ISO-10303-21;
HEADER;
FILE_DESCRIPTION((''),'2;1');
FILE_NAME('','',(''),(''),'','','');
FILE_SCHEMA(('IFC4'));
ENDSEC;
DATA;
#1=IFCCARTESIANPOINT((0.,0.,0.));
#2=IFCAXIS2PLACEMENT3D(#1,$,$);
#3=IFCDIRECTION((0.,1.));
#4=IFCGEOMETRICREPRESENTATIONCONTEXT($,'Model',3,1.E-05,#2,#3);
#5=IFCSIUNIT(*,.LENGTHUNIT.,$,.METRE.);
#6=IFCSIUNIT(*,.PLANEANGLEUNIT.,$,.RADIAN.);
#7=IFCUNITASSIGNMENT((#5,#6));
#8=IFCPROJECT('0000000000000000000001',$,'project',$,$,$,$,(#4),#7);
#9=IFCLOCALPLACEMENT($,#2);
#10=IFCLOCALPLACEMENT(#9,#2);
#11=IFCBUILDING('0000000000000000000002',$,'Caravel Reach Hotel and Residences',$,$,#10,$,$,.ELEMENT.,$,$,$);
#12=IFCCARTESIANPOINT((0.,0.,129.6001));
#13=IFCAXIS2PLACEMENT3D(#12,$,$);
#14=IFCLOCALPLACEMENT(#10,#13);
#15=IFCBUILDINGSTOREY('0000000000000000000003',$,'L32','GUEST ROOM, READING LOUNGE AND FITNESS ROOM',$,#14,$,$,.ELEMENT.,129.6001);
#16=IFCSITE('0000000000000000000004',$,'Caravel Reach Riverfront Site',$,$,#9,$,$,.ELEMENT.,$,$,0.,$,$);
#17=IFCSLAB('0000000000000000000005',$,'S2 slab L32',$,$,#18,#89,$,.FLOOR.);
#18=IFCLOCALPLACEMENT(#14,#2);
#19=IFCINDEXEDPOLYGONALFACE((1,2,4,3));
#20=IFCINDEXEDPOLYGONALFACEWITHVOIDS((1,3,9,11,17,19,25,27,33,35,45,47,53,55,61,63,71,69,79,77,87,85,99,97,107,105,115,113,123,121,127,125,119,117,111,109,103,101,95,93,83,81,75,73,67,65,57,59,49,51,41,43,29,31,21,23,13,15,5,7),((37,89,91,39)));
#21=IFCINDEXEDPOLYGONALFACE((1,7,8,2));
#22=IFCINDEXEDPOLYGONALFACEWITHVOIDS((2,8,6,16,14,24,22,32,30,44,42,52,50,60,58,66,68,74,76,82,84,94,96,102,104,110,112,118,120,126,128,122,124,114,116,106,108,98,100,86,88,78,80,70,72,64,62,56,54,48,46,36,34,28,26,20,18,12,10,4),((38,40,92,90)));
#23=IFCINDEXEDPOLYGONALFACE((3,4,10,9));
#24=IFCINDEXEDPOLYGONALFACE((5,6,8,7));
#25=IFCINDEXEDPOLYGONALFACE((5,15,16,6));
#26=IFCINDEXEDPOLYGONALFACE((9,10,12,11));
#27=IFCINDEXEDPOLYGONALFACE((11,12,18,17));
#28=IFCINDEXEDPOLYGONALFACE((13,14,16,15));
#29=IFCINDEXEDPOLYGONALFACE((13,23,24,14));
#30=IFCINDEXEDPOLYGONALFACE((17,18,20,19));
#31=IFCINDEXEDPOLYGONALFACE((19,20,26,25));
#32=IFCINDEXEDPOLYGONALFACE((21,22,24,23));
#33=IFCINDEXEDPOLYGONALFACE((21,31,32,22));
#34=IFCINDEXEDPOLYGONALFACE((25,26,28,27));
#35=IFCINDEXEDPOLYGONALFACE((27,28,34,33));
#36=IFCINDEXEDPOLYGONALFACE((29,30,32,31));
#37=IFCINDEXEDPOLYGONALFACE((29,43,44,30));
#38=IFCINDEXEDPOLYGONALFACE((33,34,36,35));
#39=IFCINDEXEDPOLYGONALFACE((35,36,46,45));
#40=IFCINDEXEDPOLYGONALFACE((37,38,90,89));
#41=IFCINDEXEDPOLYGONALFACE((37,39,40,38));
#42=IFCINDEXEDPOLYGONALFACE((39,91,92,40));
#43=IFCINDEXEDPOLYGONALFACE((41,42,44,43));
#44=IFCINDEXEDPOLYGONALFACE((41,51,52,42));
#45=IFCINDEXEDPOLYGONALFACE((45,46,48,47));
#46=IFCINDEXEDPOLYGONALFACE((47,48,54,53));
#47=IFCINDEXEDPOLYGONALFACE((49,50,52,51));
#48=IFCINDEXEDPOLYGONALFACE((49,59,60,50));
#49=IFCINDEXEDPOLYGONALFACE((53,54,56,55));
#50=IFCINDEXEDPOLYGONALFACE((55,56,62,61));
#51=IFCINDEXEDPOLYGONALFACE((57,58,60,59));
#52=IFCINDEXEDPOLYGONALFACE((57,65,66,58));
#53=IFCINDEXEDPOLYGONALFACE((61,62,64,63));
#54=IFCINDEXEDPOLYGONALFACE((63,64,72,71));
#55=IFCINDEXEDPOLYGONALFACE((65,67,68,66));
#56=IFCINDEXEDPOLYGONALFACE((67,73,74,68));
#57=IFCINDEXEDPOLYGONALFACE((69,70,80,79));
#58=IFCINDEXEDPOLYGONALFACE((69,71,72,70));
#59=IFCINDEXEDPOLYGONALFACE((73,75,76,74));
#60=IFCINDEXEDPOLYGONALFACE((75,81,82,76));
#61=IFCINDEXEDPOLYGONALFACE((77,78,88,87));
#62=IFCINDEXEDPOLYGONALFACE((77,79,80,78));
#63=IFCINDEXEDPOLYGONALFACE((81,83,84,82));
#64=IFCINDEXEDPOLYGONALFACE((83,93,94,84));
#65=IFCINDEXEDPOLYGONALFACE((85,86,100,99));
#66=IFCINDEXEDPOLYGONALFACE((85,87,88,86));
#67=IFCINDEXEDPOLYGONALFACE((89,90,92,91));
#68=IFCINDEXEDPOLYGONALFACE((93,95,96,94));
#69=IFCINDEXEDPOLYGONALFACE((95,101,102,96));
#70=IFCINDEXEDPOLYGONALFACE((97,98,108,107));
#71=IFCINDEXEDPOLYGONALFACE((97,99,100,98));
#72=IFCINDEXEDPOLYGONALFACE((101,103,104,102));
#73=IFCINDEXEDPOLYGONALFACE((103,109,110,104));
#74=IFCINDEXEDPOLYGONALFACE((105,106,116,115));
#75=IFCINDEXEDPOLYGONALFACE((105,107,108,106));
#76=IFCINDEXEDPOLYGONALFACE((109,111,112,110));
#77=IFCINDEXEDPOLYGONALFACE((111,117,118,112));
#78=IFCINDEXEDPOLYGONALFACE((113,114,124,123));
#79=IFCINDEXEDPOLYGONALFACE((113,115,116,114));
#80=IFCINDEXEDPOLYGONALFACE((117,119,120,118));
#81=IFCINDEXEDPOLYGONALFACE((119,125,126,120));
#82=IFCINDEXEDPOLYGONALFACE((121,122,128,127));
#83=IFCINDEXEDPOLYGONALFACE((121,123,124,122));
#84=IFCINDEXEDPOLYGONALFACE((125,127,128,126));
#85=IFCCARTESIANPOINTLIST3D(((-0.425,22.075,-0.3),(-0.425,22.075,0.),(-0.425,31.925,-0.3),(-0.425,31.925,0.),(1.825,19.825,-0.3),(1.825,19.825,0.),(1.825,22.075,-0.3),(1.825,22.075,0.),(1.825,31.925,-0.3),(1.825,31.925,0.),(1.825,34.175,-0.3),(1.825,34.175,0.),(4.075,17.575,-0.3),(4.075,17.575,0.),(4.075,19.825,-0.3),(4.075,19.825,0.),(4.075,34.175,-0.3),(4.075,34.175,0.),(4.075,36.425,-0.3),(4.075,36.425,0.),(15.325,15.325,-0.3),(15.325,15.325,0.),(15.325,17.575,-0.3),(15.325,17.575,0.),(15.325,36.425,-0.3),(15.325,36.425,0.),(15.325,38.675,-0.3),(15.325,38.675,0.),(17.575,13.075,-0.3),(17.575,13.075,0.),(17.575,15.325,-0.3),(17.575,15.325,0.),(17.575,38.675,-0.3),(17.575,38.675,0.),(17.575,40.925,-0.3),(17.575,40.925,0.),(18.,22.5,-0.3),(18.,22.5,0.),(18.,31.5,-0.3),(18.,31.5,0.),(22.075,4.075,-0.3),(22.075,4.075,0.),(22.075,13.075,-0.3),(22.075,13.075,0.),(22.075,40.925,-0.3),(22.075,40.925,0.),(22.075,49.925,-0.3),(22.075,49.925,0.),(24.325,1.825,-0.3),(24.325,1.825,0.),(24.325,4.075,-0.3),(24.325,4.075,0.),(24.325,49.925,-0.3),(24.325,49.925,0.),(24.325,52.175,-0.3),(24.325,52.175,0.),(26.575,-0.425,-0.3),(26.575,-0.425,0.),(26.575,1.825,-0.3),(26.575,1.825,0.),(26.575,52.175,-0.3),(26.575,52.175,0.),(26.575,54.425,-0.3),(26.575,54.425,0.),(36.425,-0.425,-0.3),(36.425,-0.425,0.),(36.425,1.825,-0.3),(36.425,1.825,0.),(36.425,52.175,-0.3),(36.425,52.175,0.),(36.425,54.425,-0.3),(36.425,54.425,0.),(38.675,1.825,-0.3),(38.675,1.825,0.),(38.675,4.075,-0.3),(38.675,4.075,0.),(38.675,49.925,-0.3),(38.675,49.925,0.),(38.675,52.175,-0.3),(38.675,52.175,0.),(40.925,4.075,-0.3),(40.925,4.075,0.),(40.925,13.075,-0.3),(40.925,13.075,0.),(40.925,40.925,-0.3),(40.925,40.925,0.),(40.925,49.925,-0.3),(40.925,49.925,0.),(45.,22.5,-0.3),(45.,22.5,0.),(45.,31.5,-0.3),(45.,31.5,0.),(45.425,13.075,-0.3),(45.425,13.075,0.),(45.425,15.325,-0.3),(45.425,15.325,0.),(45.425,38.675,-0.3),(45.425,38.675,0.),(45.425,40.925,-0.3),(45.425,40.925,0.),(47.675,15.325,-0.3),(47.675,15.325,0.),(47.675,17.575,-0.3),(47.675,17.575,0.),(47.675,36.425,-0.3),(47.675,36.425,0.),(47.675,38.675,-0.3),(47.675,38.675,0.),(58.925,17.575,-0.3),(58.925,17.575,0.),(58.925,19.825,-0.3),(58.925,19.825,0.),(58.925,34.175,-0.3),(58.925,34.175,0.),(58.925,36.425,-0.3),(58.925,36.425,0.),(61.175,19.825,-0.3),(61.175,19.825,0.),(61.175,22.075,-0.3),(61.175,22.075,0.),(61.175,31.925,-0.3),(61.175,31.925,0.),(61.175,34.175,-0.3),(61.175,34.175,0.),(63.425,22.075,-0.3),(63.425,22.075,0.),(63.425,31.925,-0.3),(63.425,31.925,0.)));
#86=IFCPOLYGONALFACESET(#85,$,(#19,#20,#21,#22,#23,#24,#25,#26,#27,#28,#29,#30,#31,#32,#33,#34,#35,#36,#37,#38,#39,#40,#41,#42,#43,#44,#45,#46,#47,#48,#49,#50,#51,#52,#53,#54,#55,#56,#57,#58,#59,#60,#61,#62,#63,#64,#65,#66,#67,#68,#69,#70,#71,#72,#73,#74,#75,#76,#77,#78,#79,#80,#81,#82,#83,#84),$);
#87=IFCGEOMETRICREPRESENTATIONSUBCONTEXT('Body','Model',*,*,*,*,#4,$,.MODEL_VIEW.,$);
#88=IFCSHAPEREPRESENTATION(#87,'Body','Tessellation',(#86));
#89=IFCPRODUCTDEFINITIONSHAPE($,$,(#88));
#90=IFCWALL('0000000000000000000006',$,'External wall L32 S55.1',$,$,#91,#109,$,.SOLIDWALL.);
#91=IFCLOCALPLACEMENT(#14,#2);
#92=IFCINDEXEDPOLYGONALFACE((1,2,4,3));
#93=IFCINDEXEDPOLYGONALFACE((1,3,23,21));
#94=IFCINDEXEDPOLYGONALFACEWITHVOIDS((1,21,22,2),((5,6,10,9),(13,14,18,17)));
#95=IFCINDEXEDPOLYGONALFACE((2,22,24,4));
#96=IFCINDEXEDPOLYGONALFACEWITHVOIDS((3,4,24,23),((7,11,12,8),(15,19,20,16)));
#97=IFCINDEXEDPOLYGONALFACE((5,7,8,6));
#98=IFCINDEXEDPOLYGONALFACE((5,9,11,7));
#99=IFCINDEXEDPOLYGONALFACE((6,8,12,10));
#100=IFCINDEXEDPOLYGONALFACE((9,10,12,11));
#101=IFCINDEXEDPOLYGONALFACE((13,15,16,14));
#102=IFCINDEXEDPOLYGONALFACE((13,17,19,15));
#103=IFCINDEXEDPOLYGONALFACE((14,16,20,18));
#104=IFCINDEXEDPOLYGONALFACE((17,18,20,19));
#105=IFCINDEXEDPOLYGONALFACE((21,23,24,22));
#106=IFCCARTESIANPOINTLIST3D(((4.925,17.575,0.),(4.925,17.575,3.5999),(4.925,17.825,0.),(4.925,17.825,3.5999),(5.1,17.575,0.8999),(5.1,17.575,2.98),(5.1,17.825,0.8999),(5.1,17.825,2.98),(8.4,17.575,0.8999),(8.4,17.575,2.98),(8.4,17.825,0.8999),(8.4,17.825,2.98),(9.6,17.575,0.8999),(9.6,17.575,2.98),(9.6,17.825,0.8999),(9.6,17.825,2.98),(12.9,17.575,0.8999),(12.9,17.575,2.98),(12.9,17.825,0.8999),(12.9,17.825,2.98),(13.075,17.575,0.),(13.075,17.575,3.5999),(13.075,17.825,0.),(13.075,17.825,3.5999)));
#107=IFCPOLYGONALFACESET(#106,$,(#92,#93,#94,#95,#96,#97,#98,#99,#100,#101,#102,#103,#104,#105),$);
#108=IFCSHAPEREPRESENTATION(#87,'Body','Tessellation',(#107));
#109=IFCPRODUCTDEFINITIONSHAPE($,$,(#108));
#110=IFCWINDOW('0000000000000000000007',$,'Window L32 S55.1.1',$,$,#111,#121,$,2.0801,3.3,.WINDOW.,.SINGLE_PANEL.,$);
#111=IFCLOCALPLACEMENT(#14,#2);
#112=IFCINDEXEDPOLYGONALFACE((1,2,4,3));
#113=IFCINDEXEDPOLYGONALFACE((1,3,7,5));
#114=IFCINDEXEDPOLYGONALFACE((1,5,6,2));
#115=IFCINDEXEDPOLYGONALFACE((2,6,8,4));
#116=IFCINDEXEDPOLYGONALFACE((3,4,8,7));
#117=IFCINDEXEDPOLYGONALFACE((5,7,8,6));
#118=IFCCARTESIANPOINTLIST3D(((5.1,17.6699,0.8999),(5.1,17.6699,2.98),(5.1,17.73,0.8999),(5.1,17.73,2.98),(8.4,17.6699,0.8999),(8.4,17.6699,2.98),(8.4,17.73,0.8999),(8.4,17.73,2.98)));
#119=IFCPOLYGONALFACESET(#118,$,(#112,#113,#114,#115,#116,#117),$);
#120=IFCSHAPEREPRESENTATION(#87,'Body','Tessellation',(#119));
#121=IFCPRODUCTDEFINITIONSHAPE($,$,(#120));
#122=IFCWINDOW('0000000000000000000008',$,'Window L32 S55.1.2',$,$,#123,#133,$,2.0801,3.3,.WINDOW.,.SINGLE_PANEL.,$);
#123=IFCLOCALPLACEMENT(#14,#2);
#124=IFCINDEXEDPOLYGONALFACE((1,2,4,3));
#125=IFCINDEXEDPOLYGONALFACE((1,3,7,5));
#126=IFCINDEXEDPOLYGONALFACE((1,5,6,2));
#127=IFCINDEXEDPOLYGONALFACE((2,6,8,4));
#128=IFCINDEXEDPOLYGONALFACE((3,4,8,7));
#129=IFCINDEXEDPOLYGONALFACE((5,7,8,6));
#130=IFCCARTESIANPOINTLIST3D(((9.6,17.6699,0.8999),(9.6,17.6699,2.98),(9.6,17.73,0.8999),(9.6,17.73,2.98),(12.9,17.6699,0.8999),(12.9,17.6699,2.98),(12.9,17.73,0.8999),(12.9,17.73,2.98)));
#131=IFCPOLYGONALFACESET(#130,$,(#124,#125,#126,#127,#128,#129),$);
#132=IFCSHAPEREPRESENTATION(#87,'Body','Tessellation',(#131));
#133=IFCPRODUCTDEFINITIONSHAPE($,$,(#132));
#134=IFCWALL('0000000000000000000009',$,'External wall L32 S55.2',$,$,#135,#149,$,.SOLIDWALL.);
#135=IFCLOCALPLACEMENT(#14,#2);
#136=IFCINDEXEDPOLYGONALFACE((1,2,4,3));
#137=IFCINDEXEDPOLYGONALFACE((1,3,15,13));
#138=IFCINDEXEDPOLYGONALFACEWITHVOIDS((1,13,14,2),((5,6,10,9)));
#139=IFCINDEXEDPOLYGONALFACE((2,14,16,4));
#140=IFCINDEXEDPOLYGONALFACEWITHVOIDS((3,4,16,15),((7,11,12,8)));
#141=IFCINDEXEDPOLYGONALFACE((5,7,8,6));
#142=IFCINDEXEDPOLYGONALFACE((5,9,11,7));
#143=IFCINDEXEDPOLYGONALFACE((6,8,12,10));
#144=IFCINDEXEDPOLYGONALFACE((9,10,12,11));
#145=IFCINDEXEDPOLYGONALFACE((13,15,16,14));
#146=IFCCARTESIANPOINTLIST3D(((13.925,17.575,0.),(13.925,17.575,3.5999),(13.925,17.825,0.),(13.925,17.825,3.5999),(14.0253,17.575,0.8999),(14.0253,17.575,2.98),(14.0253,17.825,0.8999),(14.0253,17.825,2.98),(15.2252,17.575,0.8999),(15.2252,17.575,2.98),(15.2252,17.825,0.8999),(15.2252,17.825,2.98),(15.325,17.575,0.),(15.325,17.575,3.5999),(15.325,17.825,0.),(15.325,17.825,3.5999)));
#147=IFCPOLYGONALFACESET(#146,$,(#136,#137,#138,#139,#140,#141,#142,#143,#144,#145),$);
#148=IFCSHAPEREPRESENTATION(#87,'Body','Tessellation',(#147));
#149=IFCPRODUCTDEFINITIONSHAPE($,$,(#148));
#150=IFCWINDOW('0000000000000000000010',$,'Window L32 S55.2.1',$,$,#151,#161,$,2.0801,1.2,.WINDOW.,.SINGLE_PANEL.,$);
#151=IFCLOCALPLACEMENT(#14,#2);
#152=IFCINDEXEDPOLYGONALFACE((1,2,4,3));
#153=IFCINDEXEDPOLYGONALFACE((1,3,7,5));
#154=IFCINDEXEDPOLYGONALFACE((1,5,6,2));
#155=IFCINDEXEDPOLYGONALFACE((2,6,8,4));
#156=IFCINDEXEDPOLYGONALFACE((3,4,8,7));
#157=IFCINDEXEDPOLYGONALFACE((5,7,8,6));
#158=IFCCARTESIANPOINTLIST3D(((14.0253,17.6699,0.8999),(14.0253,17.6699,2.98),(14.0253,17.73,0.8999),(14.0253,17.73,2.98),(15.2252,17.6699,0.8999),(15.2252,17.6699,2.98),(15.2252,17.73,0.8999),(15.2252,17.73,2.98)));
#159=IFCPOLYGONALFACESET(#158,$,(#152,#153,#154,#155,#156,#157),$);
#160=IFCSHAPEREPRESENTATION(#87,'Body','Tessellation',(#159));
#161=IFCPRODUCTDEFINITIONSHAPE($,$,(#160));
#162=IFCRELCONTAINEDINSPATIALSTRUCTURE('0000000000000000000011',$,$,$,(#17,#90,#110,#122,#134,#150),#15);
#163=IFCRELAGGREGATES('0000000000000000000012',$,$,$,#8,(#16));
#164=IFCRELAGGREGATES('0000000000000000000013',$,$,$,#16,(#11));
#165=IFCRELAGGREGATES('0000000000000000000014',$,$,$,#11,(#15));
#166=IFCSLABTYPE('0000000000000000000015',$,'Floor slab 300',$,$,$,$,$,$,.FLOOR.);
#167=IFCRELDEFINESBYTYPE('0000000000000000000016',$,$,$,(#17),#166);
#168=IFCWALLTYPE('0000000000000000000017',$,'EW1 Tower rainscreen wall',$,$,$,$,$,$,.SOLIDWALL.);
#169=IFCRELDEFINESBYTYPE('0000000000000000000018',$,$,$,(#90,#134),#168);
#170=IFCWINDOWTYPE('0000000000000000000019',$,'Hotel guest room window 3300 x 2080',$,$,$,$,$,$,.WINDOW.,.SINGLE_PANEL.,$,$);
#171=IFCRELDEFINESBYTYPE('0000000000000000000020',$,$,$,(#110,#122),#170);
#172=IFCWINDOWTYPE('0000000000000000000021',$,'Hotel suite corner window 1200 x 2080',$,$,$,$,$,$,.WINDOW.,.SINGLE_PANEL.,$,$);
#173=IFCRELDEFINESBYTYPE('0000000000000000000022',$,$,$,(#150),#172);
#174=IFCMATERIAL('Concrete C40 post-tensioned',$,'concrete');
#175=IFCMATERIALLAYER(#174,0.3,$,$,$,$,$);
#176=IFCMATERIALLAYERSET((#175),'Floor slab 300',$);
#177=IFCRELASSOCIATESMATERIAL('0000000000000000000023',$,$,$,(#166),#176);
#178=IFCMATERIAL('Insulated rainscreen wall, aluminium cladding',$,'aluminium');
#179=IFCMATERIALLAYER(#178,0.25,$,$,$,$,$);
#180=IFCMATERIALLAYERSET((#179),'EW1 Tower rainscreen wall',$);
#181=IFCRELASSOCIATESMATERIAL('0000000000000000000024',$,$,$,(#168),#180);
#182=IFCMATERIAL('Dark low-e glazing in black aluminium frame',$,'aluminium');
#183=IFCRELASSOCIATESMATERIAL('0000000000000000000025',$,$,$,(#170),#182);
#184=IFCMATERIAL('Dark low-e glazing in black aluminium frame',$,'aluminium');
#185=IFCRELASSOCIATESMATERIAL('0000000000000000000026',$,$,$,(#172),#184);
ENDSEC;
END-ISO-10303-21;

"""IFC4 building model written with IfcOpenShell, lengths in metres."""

from ifc_helpers import new_model, si_unit, direction, frame, frame_2d, origin, place, context, subcontext, project, spatial, polyline, rectangle, outline, extrude, material, layer, layer_set, type_object, element, fill, save


model = new_model("IFC4")

# Units and contexts
model_context = context("Model", 3, precision=1e-05, world=origin(), true_north=direction((0.0, 1.0)))
body_context = subcontext(model_context, "Body", "Model", "MODEL_VIEW")
ifc_project = project(units=[si_unit("LENGTHUNIT", "METRE"), si_unit("PLANEANGLEUNIT", "RADIAN")], contexts=[model_context])

# Site, building, storey
site_placement = place(None, origin())
site = spatial("IfcSite", under=ifc_project, at=site_placement, Name="Caravel Reach Riverfront Site", CompositionType="ELEMENT", RefElevation=0.0)
building_placement = place(site_placement, origin())
building = spatial("IfcBuilding", under=site, at=building_placement, Name="Caravel Reach Hotel and Residences", CompositionType="ELEMENT")
storey_placement = place(building_placement, frame((0.0, 0.0, 129.6001)))
storey = spatial("IfcBuildingStorey", under=building, at=storey_placement, Name="L32", Description="GUEST ROOM, READING LOUNGE AND FITNESS ROOM", CompositionType="ELEMENT", Elevation=129.6001)

# Slab
ifc_material_1 = material(Name="Concrete C40 post-tensioned", Category="concrete")
ifc_layer_1 = layer(ifc_material_1, 0.3)
ifc_layer_set_1 = layer_set([ifc_layer_1], Name="Floor slab 300")
slab_type_1 = type_object("IfcSlabType", Name="Floor slab 300", PredefinedType="FLOOR", material=ifc_layer_set_1)
slab_1_placement = place(storey_placement, frame((0.0, 0.0, -0.3)))
element("IfcSlab", 1, at=slab_1_placement, inside=storey, type_object=slab_type_1, Name="S2 slab L32", PredefinedType="FLOOR", context=body_context, shape_type="SweptSolid", body=[
    extrude(outline(polyline([(17.575, 13.075), (17.575, 15.325), (15.325, 15.325), (15.325, 17.575), (4.075, 17.575), (4.075, 19.825), (1.825, 19.825), (1.825, 22.075), (-0.425, 22.075), (-0.425, 31.925), (1.825, 31.925), (1.825, 34.175), (4.075, 34.175), (4.075, 36.425), (15.325, 36.425), (15.325, 38.675), (17.575, 38.675), (17.575, 40.925), (22.075, 40.925), (22.075, 49.925), (24.325, 49.925), (24.325, 52.175), (26.575, 52.175), (26.575, 54.425), (36.425, 54.425), (36.425, 52.175), (38.675, 52.175), (38.675, 49.925), (40.925, 49.925), (40.925, 40.925), (45.425, 40.925), (45.425, 38.675), (47.675, 38.675), (47.675, 36.425), (58.925, 36.425), (58.925, 34.175), (61.175, 34.175), (61.175, 31.925), (63.425, 31.925), (63.425, 22.075), (61.175, 22.075), (61.175, 19.825), (58.925, 19.825), (58.925, 17.575), (47.675, 17.575), (47.675, 15.325), (45.425, 15.325), (45.425, 13.075), (40.925, 13.075), (40.925, 4.075), (38.675, 4.075), (38.675, 1.825), (36.425, 1.825), (36.425, -0.425), (26.575, -0.425), (26.575, 1.825), (24.325, 1.825), (24.325, 4.075), (22.075, 4.075), (22.075, 13.075), (17.575, 13.075)]), holes=[polyline([(45.0, 31.5), (18.0, 31.5), (18.0, 22.5), (45.0, 22.5), (45.0, 31.5)])]), origin(), (0.0, 0.0, 1.0), 0.3),
])

# Wall, openings, windows
ifc_material_2 = material(Name="Insulated rainscreen wall, aluminium cladding", Category="aluminium")
ifc_layer_2 = layer(ifc_material_2, 0.25)
ifc_layer_set_2 = layer_set([ifc_layer_2], Name="EW1 Tower rainscreen wall")
wall_type_1 = type_object("IfcWallType", Name="EW1 Tower rainscreen wall", PredefinedType="SOLIDWALL", material=ifc_layer_set_2)
wall_1_placement = place(storey_placement, frame((4.925, 17.7, 0.0), z_axis=(0.0, 0.0, 1.0), x_axis=(1.0, 0.0, 0.0)))
wall_1 = element("IfcWall", 2, at=wall_1_placement, inside=storey, type_object=wall_type_1, Name="External wall L32 S55.1", PredefinedType="SOLIDWALL", context=body_context, shape_type="SweptSolid", body=[
    extrude(rectangle(XDim=8.1499, YDim=0.25, at=frame_2d((4.075, 0.0))), origin(), (0.0, 0.0, 1.0), 3.5999),
])
opening_1_placement = place(wall_1_placement, frame((0.175, 0.0, 0.8999)))
opening_1 = element("IfcOpeningElement", 3, at=opening_1_placement, cuts=wall_1, PredefinedType="OPENING", context=body_context, shape_type="SweptSolid", body=[
    extrude(rectangle(XDim=3.3, YDim=2.0801, at=frame_2d((1.6499, 1.04))), frame((0.0, 0.135, 0.0), z_axis=(0.0, -1.0, 0.0), x_axis=(1.0, 0.0, 0.0)), (0.0, 0.0, 1.0), 0.27),
])
opening_2_placement = place(wall_1_placement, frame((4.675, 0.0, 0.8999)))
opening_2 = element("IfcOpeningElement", 4, at=opening_2_placement, cuts=wall_1, PredefinedType="OPENING", context=body_context, shape_type="SweptSolid", body=[
    extrude(rectangle(XDim=3.3, YDim=2.0801, at=frame_2d((1.6499, 1.04))), frame((0.0, 0.135, 0.0), z_axis=(0.0, -1.0, 0.0), x_axis=(1.0, 0.0, 0.0)), (0.0, 0.0, 1.0), 0.27),
])
ifc_material_3 = material(Name="Dark low-e glazing in black aluminium frame", Category="aluminium")
window_type_1 = type_object("IfcWindowType", Name="Hotel guest room window 3300 x 2080", PartitioningType="SINGLE_PANEL", PredefinedType="WINDOW", material=ifc_material_3)
window_1_placement = place(opening_1_placement, origin())
window_1 = element("IfcWindow", 5, at=window_1_placement, inside=storey, type_object=window_type_1, Name="Window L32 S55.1.1", OverallHeight=2.0801, OverallWidth=3.3, PartitioningType="SINGLE_PANEL", PredefinedType="WINDOW", context=body_context, shape_type="SweptSolid", body=[
    extrude(rectangle(XDim=3.3, YDim=2.0801, at=frame_2d((1.6499, 1.04))), frame((0.0, 0.03, 0.0), z_axis=(0.0, -1.0, 0.0), x_axis=(1.0, 0.0, 0.0)), (0.0, 0.0, 1.0), 0.0601),
])
fill(opening_1, window_1)
window_2_placement = place(opening_2_placement, origin())
window_2 = element("IfcWindow", 6, at=window_2_placement, inside=storey, type_object=window_type_1, Name="Window L32 S55.1.2", OverallHeight=2.0801, OverallWidth=3.3, PartitioningType="SINGLE_PANEL", PredefinedType="WINDOW", context=body_context, shape_type="SweptSolid", body=[
    extrude(rectangle(XDim=3.3, YDim=2.0801, at=frame_2d((1.6499, 1.04))), frame((0.0, 0.03, 0.0), z_axis=(0.0, -1.0, 0.0), x_axis=(1.0, 0.0, 0.0)), (0.0, 0.0, 1.0), 0.0601),
])
fill(opening_2, window_2)

# Wall, opening, window
wall_2_placement = place(storey_placement, frame((13.925, 17.7, 0.0), z_axis=(0.0, 0.0, 1.0), x_axis=(1.0, 0.0, 0.0)))
wall_2 = element("IfcWall", 7, at=wall_2_placement, inside=storey, type_object=wall_type_1, Name="External wall L32 S55.2", PredefinedType="SOLIDWALL", context=body_context, shape_type="SweptSolid", body=[
    extrude(rectangle(XDim=1.3999, YDim=0.25, at=frame_2d((0.7, 0.0))), origin(), (0.0, 0.0, 1.0), 3.5999),
])
opening_3_placement = place(wall_2_placement, frame((0.1001, 0.0, 0.8999)))
opening_3 = element("IfcOpeningElement", 8, at=opening_3_placement, cuts=wall_2, PredefinedType="OPENING", context=body_context, shape_type="SweptSolid", body=[
    extrude(rectangle(XDim=1.2, YDim=2.0801, at=frame_2d((0.6001, 1.04))), frame((0.0, 0.135, 0.0), z_axis=(0.0, -1.0, 0.0), x_axis=(1.0, 0.0, 0.0)), (0.0, 0.0, 1.0), 0.27),
])
ifc_material_4 = material(Name="Dark low-e glazing in black aluminium frame", Category="aluminium")
window_type_2 = type_object("IfcWindowType", Name="Hotel suite corner window 1200 x 2080", PartitioningType="SINGLE_PANEL", PredefinedType="WINDOW", material=ifc_material_4)
window_3_placement = place(opening_3_placement, origin())
window_3 = element("IfcWindow", 9, at=window_3_placement, inside=storey, type_object=window_type_2, Name="Window L32 S55.2.1", OverallHeight=2.0801, OverallWidth=1.2, PartitioningType="SINGLE_PANEL", PredefinedType="WINDOW", context=body_context, shape_type="SweptSolid", body=[
    extrude(rectangle(XDim=1.2, YDim=2.0801, at=frame_2d((0.6001, 1.04))), frame((0.0, 0.03, 0.0), z_axis=(0.0, -1.0, 0.0), x_axis=(1.0, 0.0, 0.0)), (0.0, 0.0, 1.0), 0.0601),
])
fill(opening_3, window_3)

save(model, "model.ifc")
